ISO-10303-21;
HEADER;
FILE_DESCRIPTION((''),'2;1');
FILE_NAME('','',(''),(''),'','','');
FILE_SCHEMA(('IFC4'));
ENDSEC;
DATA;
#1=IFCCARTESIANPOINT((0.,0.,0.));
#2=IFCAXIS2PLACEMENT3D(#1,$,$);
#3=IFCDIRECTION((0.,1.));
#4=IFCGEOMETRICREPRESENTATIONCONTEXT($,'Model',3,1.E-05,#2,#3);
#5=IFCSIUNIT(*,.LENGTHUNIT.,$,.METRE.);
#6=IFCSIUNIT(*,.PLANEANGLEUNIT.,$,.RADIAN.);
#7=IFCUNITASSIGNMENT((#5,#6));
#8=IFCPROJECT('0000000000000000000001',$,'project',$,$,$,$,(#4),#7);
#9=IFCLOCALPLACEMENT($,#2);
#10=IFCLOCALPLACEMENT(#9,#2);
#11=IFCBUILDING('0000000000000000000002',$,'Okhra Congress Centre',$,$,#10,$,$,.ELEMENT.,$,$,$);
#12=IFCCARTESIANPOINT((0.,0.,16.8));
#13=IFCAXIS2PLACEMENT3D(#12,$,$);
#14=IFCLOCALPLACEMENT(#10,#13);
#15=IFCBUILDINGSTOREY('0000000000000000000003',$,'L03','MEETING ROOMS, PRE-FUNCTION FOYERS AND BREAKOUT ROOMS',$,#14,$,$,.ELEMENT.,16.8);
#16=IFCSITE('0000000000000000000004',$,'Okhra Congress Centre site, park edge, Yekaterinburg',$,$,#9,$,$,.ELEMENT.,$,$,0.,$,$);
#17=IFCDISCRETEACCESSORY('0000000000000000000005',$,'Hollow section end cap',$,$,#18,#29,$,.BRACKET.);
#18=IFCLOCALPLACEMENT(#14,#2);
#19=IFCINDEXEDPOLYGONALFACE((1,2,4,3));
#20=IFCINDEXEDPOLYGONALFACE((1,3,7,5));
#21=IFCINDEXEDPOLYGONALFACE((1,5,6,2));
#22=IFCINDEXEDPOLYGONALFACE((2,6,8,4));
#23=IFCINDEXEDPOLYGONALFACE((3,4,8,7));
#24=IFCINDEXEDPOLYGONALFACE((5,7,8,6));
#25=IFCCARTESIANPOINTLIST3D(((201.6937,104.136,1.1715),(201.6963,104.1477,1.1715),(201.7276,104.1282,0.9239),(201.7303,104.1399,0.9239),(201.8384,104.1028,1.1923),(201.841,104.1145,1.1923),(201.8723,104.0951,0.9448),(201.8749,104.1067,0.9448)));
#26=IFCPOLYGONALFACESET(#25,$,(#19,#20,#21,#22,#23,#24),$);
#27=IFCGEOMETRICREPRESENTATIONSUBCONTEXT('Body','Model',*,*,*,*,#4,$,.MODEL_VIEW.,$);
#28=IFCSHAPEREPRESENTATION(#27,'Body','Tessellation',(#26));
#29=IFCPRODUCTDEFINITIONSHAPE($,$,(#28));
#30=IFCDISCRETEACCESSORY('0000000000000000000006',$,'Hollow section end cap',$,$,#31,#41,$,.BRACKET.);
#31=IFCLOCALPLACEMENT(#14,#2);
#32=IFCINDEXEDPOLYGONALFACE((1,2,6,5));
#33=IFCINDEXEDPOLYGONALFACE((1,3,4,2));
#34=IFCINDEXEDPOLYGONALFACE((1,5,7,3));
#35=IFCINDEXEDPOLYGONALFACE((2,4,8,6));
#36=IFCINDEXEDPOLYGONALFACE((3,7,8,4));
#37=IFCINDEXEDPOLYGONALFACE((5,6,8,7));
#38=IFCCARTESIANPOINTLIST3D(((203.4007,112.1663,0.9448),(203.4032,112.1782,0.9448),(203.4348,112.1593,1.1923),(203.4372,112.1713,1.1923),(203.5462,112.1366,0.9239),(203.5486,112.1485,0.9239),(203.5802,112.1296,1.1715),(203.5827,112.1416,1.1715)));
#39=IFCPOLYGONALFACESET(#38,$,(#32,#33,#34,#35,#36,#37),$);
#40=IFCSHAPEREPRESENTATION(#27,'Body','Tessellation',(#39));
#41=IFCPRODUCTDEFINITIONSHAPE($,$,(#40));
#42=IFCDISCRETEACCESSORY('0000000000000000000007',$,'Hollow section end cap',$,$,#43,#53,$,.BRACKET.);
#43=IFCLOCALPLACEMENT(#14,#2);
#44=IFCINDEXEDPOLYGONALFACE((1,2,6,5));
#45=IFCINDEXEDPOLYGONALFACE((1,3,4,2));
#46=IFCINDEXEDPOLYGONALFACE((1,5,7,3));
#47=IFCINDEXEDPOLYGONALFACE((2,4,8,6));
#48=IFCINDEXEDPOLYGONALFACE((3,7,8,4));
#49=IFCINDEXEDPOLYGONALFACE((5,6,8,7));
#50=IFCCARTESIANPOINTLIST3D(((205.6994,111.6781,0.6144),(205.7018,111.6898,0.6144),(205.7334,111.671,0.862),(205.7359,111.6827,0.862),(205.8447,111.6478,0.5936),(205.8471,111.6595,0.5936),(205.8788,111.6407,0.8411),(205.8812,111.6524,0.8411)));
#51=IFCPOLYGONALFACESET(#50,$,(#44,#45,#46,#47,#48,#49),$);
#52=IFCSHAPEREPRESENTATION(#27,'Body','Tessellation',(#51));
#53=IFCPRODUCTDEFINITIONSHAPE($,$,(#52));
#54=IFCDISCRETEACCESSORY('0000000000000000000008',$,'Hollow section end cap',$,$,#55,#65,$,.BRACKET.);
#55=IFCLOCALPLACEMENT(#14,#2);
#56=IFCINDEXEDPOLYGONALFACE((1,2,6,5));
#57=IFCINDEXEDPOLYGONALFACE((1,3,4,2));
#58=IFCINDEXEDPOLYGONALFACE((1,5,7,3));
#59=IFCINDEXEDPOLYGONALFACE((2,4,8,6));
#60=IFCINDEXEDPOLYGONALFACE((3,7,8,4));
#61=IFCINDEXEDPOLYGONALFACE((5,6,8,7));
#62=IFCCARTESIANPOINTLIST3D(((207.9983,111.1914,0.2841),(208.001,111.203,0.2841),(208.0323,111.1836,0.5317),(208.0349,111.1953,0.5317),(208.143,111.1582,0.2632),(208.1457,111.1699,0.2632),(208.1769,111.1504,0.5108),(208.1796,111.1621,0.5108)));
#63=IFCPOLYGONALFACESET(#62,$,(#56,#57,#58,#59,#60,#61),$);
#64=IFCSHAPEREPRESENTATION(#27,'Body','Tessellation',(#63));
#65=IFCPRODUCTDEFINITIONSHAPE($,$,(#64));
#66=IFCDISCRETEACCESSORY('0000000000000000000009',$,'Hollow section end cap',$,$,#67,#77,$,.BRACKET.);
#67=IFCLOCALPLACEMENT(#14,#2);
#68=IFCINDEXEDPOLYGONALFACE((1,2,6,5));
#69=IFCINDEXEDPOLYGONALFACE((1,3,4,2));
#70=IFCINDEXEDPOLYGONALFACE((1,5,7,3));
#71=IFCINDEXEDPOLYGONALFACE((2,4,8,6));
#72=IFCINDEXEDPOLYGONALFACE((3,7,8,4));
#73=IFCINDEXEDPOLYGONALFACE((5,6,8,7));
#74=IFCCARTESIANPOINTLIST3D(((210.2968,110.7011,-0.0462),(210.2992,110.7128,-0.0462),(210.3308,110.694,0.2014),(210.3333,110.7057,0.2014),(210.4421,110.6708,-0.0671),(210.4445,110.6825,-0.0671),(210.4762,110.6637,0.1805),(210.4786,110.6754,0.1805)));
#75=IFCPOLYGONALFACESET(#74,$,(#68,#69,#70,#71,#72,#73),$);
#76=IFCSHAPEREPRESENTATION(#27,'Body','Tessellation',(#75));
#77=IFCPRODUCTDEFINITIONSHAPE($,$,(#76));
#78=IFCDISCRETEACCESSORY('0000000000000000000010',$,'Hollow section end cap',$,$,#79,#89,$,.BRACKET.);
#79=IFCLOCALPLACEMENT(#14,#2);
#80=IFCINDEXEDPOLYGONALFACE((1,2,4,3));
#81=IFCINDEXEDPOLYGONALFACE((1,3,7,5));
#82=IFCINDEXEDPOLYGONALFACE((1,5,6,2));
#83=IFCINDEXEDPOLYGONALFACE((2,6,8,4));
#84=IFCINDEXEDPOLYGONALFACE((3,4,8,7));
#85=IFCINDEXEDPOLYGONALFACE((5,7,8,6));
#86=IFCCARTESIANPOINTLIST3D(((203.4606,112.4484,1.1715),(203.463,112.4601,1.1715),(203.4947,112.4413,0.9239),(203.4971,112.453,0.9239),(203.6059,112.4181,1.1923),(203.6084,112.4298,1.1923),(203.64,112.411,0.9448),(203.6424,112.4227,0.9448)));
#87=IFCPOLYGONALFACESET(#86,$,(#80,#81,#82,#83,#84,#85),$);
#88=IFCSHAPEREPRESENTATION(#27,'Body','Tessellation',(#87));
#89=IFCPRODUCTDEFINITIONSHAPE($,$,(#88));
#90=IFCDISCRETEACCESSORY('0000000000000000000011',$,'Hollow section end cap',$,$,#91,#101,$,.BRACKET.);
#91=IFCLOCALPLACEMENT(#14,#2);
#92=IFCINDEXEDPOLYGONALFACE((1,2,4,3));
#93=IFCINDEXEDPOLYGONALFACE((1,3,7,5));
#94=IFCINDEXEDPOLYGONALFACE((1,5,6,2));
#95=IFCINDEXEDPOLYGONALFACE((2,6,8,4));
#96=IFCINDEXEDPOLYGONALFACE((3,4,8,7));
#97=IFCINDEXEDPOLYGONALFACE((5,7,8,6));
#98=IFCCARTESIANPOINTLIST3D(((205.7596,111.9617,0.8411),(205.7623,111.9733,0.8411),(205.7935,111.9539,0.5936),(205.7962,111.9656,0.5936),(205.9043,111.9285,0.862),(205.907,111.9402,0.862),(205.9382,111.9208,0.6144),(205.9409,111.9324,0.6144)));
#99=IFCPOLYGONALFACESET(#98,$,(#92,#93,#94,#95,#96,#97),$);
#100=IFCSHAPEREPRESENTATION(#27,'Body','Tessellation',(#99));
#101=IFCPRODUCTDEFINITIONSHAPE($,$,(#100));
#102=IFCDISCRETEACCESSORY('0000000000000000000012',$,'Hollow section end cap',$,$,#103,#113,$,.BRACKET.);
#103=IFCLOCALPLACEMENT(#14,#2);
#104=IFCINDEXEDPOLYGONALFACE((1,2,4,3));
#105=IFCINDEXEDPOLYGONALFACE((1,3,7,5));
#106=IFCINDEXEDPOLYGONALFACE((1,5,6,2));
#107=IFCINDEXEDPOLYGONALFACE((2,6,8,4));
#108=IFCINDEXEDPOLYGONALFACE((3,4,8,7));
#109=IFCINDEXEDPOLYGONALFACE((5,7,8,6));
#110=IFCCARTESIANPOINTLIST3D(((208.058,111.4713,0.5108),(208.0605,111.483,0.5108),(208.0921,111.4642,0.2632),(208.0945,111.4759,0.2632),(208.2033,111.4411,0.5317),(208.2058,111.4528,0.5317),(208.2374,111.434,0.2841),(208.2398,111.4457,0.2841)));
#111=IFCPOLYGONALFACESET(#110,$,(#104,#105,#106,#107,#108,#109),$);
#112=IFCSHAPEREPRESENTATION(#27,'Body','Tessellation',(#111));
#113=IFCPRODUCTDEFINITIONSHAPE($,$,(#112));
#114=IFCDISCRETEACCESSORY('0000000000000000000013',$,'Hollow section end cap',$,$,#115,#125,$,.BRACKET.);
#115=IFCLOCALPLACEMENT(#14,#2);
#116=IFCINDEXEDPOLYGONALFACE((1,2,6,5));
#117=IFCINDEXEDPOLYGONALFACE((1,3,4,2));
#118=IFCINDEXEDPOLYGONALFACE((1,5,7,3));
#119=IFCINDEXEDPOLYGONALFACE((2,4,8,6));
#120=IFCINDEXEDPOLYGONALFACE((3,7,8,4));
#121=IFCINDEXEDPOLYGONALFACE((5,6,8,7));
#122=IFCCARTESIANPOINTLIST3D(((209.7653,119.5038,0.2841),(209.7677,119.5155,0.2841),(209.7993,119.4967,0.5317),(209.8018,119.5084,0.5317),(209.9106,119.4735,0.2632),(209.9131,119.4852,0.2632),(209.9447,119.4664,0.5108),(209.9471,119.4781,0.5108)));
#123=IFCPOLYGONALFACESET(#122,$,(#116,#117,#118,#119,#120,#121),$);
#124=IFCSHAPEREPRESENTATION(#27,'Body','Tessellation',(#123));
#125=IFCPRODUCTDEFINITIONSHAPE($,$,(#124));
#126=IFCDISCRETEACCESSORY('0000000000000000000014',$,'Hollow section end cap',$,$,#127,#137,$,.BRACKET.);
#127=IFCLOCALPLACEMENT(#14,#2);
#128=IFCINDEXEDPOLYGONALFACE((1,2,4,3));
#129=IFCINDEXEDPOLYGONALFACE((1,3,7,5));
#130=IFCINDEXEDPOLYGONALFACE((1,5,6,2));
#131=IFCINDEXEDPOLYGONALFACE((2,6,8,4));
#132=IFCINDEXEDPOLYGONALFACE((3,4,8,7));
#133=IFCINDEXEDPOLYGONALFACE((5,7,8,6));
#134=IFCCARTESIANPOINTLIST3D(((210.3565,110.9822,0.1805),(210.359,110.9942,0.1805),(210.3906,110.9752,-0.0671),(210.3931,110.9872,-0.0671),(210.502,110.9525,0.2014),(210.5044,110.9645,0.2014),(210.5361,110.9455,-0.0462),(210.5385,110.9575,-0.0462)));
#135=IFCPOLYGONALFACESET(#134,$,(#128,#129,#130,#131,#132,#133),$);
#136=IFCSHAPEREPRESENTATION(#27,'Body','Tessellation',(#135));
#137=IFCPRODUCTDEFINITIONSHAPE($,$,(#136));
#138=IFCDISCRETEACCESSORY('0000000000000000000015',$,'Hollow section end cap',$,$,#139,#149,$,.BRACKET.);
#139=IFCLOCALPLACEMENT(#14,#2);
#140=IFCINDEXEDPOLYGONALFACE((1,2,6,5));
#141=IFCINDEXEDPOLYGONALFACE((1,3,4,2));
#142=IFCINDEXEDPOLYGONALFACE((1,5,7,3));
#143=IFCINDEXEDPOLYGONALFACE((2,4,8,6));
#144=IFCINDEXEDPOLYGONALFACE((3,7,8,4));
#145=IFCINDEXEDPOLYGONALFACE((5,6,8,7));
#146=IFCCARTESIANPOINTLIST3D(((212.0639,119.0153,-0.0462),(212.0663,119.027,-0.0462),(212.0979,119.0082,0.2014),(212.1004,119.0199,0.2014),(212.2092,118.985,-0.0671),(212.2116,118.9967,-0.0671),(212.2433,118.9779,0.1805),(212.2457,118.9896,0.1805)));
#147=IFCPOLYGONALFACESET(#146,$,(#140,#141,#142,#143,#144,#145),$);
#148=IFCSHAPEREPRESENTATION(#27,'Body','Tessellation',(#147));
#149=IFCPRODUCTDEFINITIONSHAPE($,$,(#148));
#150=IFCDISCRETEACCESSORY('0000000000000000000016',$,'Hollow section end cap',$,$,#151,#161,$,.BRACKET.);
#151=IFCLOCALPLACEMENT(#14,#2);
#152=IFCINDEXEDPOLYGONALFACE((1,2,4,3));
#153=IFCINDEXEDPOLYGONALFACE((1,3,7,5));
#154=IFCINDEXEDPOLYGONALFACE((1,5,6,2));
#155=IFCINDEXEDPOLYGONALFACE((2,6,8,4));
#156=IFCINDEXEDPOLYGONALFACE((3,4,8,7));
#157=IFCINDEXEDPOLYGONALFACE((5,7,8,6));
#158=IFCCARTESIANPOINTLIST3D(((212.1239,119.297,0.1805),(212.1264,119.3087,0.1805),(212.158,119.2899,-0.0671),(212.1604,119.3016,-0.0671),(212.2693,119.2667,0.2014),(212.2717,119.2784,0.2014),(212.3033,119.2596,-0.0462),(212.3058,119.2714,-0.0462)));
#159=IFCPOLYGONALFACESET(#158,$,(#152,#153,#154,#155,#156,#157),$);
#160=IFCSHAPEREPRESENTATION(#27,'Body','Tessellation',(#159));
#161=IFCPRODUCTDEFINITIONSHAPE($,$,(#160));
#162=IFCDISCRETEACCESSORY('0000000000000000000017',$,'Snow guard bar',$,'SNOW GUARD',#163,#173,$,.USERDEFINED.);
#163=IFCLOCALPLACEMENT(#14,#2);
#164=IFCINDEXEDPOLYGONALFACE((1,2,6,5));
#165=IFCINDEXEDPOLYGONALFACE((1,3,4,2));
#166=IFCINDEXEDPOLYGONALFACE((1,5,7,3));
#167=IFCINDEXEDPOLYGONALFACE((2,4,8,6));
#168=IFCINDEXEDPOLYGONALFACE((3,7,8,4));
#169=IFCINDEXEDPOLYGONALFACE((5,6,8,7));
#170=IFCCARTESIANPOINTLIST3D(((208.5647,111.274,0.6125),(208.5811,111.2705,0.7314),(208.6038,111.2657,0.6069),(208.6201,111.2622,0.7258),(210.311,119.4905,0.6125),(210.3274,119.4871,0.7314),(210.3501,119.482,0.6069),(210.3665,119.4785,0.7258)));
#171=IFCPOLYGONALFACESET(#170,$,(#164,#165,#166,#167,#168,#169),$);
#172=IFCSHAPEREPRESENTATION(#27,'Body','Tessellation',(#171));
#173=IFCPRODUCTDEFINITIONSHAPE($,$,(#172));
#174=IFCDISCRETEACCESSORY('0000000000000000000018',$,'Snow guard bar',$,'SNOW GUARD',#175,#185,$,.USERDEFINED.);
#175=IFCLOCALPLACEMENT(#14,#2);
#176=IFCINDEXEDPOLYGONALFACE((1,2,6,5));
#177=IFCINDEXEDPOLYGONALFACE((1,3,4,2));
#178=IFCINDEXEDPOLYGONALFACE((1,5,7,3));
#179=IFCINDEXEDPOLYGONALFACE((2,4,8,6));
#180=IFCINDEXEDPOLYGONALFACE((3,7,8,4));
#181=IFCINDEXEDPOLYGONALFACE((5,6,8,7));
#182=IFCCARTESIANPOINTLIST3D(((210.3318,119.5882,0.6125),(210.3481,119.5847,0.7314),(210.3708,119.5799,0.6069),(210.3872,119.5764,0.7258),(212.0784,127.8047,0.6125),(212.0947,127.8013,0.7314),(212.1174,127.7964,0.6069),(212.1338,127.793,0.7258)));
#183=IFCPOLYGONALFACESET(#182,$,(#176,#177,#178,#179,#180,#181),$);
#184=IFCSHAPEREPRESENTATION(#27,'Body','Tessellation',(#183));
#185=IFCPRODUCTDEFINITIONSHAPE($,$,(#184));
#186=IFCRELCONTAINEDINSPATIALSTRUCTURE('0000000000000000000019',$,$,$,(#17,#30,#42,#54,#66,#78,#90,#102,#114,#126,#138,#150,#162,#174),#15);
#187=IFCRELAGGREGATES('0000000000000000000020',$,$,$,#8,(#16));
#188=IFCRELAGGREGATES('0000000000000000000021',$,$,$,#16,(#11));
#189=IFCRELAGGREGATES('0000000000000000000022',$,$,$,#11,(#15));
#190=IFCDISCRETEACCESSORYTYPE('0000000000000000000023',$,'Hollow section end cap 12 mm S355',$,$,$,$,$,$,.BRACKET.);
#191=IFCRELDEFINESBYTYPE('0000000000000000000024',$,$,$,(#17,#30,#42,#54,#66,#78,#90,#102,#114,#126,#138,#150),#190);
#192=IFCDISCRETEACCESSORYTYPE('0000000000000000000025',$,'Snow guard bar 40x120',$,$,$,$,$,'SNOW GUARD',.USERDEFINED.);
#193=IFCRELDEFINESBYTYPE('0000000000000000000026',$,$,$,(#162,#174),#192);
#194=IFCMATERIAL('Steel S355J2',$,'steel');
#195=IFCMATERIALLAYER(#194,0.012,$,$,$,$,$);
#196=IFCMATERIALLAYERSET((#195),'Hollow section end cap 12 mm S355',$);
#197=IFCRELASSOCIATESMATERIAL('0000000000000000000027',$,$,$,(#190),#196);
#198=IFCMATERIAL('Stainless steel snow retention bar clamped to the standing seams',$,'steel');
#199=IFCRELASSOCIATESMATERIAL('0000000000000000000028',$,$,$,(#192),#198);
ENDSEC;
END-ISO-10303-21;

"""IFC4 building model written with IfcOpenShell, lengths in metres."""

from ifc_helpers import new_model, si_unit, direction, frame, origin, origin_2d, place, context, subcontext, project, spatial, polyline, rectangle, outline, extrude, material, layer, layer_set, type_object, element, save


model = new_model("IFC4")

# Units and contexts
model_context = context("Model", 3, precision=1e-05, world=origin(), true_north=direction((0.0, 1.0)))
body_context = subcontext(model_context, "Body", "Model", "MODEL_VIEW")
ifc_project = project(units=[si_unit("LENGTHUNIT", "METRE"), si_unit("PLANEANGLEUNIT", "RADIAN")], contexts=[model_context])

# Site, building, storey
site_placement = place(None, origin())
site = spatial("IfcSite", under=ifc_project, at=site_placement, Name="Okhra Congress Centre site, park edge, Yekaterinburg", CompositionType="ELEMENT", RefElevation=0.0)
building_placement = place(site_placement, origin())
building = spatial("IfcBuilding", under=site, at=building_placement, Name="Okhra Congress Centre", CompositionType="ELEMENT")
storey_placement = place(building_placement, frame((0.0, 0.0, 16.8)))
storey = spatial("IfcBuildingStorey", under=building, at=storey_placement, Name="L03", Description="MEETING ROOMS, PRE-FUNCTION FOYERS AND BREAKOUT ROOMS", CompositionType="ELEMENT", Elevation=16.8)

# Shared definitions
ifc_material_1 = material(Name="Steel S355J2", Category="steel")

# Discrete accessories
ifc_layer_1 = layer(ifc_material_1, 0.012)
ifc_layer_set_1 = layer_set([ifc_layer_1], Name="Hollow section end cap 12 mm S355")
discrete_accessory_type_1 = type_object("IfcDiscreteAccessoryType", Name="Hollow section end cap 12 mm S355", PredefinedType="BRACKET", material=ifc_layer_set_1)
discrete_accessory_1_placement = place(storey_placement, frame((201.7856, 104.1272, 1.0581), z_axis=(-0.223376, -0.974732, 0.0), x_axis=(0.965246, -0.221202, 0.139173)))
element("IfcDiscreteAccessory", 1, at=discrete_accessory_1_placement, inside=storey, type_object=discrete_accessory_type_1, Name="Hollow section end cap", PredefinedType="BRACKET", context=body_context, shape_type="SweptSolid", body=[
    extrude(rectangle(XDim=0.1499, YDim=0.25, at=origin_2d()), origin(), (0.0, 0.0, 1.0), 0.012),
])
discrete_accessory_2_placement = place(storey_placement, frame((203.4905, 112.1479, 1.0581), z_axis=(0.19996, 0.979804, 0.0), x_axis=(-0.970269, 0.198014, 0.139173)))
element("IfcDiscreteAccessory", 2, at=discrete_accessory_2_placement, inside=storey, type_object=discrete_accessory_type_1, Name="Hollow section end cap", PredefinedType="BRACKET", context=body_context, shape_type="SweptSolid", body=[
    extrude(rectangle(XDim=0.1499, YDim=0.25, at=origin_2d()), origin(), (0.0, 0.0, 1.0), 0.0122),
])
for number, where, z_axis, x_axis, name in (
    (3, (205.7891, 111.6594, 0.7278), (0.203954, 0.97898, 0.0), (-0.969453, 0.201969, 0.139173), "Hollow section end cap"),
    (4, (208.0876, 111.1709, 0.3975), (0.223376, 0.974732, 0.0), (-0.965246, 0.221202, 0.139173), "Hollow section end cap"),
    (5, (210.3865, 110.6824, 0.0671), (0.203954, 0.97898, 0.0), (-0.969453, 0.201969, 0.139173), "Hollow section end cap"),
    (6, (203.5527, 112.4414, 1.0581), (-0.203954, -0.97898, 0.0), (0.969453, -0.201969, 0.139173), "Hollow section end cap"),
    (7, (205.8516, 111.9529, 0.7278), (-0.223376, -0.974732, 0.0), (0.965246, -0.221202, 0.139173), "Hollow section end cap"),
    (8, (208.1501, 111.4644, 0.3975), (-0.203954, -0.97898, 0.0), (0.969453, -0.201969, 0.139173), "Hollow section end cap"),
    (9, (209.855, 119.4851, 0.3975), (0.203954, 0.97898, 0.0), (-0.969453, 0.201969, 0.139173), "Hollow section end cap"),
):
    element("IfcDiscreteAccessory", number, at=place(storey_placement, frame(where, z_axis=z_axis, x_axis=x_axis)), inside=storey, type_object=discrete_accessory_type_1, Name=name, PredefinedType="BRACKET", context=body_context, shape_type="SweptSolid", body=[
        extrude(rectangle(XDim=0.1499, YDim=0.25, at=origin_2d()), origin(), (0.0, 0.0, 1.0), 0.012),
    ])
discrete_accessory_3_placement = place(storey_placement, frame((210.4487, 110.9758, 0.0671), z_axis=(-0.19996, -0.979804, 0.0), x_axis=(0.970269, -0.198014, 0.139173)))
element("IfcDiscreteAccessory", 10, at=discrete_accessory_3_placement, inside=storey, type_object=discrete_accessory_type_1, Name="Hollow section end cap", PredefinedType="BRACKET", context=body_context, shape_type="SweptSolid", body=[
    extrude(rectangle(XDim=0.1499, YDim=0.25, at=origin_2d()), origin(), (0.0, 0.0, 1.0), 0.0122),
])
for number, where, z_axis, x_axis, name in (
    (11, (212.1536, 118.9966, 0.0671), (0.203954, 0.97898, 0.0), (-0.969453, 0.201969, 0.139173), "Hollow section end cap"),
    (12, (212.2161, 119.29, 0.0671), (-0.203954, -0.97898, 0.0), (0.969453, -0.201969, 0.139173), "Hollow section end cap"),
):
    element("IfcDiscreteAccessory", number, at=place(storey_placement, frame(where, z_axis=z_axis, x_axis=x_axis)), inside=storey, type_object=discrete_accessory_type_1, Name=name, PredefinedType="BRACKET", context=body_context, shape_type="SweptSolid", body=[
        extrude(rectangle(XDim=0.1499, YDim=0.25, at=origin_2d()), origin(), (0.0, 0.0, 1.0), 0.012),
    ])
ifc_material_2 = material(Name="Stainless steel snow retention bar clamped to the standing seams", Category="steel")
discrete_accessory_type_2 = type_object("IfcDiscreteAccessoryType", Name="Snow guard bar 40x120", ElementType="SNOW GUARD", PredefinedType="USERDEFINED", material=ifc_material_2)
discrete_accessory_4_placement = place(storey_placement, frame((208.5811, 111.2705, 0.7314), z_axis=(0.136113, -0.02893, 0.990271), x_axis=(0.968642, -0.205836, -0.139154)))
element("IfcDiscreteAccessory", 13, at=discrete_accessory_4_placement, inside=storey, type_object=discrete_accessory_type_2, Name="Snow guard bar", ObjectType="SNOW GUARD", PredefinedType="USERDEFINED", context=body_context, shape_type="SweptSolid", body=[
    extrude(outline(polyline([(0.0, 0.0), (0.0403, 0.0), (0.0407, 8.3998), (0.0003, 8.4001), (0.0, 0.0)])), origin(), (0.0, 0.0, -1.0), 0.1201),
])
discrete_accessory_5_placement = place(storey_placement, frame((210.3481, 119.5847, 0.7314), z_axis=(0.136198, -0.028951, 0.990259), x_axis=(0.96863, -0.205834, -0.139241)))
element("IfcDiscreteAccessory", 14, at=discrete_accessory_5_placement, inside=storey, type_object=discrete_accessory_type_2, Name="Snow guard bar", ObjectType="SNOW GUARD", PredefinedType="USERDEFINED", context=body_context, shape_type="SweptSolid", body=[
    extrude(outline(polyline([(0.0, 0.0), (0.0403, 0.0), (0.0409, 8.4001), (0.0005, 8.4001), (0.0, 0.0)])), origin(), (0.0, 0.0, -1.0), 0.1201),
])

save(model, "model.ifc")
